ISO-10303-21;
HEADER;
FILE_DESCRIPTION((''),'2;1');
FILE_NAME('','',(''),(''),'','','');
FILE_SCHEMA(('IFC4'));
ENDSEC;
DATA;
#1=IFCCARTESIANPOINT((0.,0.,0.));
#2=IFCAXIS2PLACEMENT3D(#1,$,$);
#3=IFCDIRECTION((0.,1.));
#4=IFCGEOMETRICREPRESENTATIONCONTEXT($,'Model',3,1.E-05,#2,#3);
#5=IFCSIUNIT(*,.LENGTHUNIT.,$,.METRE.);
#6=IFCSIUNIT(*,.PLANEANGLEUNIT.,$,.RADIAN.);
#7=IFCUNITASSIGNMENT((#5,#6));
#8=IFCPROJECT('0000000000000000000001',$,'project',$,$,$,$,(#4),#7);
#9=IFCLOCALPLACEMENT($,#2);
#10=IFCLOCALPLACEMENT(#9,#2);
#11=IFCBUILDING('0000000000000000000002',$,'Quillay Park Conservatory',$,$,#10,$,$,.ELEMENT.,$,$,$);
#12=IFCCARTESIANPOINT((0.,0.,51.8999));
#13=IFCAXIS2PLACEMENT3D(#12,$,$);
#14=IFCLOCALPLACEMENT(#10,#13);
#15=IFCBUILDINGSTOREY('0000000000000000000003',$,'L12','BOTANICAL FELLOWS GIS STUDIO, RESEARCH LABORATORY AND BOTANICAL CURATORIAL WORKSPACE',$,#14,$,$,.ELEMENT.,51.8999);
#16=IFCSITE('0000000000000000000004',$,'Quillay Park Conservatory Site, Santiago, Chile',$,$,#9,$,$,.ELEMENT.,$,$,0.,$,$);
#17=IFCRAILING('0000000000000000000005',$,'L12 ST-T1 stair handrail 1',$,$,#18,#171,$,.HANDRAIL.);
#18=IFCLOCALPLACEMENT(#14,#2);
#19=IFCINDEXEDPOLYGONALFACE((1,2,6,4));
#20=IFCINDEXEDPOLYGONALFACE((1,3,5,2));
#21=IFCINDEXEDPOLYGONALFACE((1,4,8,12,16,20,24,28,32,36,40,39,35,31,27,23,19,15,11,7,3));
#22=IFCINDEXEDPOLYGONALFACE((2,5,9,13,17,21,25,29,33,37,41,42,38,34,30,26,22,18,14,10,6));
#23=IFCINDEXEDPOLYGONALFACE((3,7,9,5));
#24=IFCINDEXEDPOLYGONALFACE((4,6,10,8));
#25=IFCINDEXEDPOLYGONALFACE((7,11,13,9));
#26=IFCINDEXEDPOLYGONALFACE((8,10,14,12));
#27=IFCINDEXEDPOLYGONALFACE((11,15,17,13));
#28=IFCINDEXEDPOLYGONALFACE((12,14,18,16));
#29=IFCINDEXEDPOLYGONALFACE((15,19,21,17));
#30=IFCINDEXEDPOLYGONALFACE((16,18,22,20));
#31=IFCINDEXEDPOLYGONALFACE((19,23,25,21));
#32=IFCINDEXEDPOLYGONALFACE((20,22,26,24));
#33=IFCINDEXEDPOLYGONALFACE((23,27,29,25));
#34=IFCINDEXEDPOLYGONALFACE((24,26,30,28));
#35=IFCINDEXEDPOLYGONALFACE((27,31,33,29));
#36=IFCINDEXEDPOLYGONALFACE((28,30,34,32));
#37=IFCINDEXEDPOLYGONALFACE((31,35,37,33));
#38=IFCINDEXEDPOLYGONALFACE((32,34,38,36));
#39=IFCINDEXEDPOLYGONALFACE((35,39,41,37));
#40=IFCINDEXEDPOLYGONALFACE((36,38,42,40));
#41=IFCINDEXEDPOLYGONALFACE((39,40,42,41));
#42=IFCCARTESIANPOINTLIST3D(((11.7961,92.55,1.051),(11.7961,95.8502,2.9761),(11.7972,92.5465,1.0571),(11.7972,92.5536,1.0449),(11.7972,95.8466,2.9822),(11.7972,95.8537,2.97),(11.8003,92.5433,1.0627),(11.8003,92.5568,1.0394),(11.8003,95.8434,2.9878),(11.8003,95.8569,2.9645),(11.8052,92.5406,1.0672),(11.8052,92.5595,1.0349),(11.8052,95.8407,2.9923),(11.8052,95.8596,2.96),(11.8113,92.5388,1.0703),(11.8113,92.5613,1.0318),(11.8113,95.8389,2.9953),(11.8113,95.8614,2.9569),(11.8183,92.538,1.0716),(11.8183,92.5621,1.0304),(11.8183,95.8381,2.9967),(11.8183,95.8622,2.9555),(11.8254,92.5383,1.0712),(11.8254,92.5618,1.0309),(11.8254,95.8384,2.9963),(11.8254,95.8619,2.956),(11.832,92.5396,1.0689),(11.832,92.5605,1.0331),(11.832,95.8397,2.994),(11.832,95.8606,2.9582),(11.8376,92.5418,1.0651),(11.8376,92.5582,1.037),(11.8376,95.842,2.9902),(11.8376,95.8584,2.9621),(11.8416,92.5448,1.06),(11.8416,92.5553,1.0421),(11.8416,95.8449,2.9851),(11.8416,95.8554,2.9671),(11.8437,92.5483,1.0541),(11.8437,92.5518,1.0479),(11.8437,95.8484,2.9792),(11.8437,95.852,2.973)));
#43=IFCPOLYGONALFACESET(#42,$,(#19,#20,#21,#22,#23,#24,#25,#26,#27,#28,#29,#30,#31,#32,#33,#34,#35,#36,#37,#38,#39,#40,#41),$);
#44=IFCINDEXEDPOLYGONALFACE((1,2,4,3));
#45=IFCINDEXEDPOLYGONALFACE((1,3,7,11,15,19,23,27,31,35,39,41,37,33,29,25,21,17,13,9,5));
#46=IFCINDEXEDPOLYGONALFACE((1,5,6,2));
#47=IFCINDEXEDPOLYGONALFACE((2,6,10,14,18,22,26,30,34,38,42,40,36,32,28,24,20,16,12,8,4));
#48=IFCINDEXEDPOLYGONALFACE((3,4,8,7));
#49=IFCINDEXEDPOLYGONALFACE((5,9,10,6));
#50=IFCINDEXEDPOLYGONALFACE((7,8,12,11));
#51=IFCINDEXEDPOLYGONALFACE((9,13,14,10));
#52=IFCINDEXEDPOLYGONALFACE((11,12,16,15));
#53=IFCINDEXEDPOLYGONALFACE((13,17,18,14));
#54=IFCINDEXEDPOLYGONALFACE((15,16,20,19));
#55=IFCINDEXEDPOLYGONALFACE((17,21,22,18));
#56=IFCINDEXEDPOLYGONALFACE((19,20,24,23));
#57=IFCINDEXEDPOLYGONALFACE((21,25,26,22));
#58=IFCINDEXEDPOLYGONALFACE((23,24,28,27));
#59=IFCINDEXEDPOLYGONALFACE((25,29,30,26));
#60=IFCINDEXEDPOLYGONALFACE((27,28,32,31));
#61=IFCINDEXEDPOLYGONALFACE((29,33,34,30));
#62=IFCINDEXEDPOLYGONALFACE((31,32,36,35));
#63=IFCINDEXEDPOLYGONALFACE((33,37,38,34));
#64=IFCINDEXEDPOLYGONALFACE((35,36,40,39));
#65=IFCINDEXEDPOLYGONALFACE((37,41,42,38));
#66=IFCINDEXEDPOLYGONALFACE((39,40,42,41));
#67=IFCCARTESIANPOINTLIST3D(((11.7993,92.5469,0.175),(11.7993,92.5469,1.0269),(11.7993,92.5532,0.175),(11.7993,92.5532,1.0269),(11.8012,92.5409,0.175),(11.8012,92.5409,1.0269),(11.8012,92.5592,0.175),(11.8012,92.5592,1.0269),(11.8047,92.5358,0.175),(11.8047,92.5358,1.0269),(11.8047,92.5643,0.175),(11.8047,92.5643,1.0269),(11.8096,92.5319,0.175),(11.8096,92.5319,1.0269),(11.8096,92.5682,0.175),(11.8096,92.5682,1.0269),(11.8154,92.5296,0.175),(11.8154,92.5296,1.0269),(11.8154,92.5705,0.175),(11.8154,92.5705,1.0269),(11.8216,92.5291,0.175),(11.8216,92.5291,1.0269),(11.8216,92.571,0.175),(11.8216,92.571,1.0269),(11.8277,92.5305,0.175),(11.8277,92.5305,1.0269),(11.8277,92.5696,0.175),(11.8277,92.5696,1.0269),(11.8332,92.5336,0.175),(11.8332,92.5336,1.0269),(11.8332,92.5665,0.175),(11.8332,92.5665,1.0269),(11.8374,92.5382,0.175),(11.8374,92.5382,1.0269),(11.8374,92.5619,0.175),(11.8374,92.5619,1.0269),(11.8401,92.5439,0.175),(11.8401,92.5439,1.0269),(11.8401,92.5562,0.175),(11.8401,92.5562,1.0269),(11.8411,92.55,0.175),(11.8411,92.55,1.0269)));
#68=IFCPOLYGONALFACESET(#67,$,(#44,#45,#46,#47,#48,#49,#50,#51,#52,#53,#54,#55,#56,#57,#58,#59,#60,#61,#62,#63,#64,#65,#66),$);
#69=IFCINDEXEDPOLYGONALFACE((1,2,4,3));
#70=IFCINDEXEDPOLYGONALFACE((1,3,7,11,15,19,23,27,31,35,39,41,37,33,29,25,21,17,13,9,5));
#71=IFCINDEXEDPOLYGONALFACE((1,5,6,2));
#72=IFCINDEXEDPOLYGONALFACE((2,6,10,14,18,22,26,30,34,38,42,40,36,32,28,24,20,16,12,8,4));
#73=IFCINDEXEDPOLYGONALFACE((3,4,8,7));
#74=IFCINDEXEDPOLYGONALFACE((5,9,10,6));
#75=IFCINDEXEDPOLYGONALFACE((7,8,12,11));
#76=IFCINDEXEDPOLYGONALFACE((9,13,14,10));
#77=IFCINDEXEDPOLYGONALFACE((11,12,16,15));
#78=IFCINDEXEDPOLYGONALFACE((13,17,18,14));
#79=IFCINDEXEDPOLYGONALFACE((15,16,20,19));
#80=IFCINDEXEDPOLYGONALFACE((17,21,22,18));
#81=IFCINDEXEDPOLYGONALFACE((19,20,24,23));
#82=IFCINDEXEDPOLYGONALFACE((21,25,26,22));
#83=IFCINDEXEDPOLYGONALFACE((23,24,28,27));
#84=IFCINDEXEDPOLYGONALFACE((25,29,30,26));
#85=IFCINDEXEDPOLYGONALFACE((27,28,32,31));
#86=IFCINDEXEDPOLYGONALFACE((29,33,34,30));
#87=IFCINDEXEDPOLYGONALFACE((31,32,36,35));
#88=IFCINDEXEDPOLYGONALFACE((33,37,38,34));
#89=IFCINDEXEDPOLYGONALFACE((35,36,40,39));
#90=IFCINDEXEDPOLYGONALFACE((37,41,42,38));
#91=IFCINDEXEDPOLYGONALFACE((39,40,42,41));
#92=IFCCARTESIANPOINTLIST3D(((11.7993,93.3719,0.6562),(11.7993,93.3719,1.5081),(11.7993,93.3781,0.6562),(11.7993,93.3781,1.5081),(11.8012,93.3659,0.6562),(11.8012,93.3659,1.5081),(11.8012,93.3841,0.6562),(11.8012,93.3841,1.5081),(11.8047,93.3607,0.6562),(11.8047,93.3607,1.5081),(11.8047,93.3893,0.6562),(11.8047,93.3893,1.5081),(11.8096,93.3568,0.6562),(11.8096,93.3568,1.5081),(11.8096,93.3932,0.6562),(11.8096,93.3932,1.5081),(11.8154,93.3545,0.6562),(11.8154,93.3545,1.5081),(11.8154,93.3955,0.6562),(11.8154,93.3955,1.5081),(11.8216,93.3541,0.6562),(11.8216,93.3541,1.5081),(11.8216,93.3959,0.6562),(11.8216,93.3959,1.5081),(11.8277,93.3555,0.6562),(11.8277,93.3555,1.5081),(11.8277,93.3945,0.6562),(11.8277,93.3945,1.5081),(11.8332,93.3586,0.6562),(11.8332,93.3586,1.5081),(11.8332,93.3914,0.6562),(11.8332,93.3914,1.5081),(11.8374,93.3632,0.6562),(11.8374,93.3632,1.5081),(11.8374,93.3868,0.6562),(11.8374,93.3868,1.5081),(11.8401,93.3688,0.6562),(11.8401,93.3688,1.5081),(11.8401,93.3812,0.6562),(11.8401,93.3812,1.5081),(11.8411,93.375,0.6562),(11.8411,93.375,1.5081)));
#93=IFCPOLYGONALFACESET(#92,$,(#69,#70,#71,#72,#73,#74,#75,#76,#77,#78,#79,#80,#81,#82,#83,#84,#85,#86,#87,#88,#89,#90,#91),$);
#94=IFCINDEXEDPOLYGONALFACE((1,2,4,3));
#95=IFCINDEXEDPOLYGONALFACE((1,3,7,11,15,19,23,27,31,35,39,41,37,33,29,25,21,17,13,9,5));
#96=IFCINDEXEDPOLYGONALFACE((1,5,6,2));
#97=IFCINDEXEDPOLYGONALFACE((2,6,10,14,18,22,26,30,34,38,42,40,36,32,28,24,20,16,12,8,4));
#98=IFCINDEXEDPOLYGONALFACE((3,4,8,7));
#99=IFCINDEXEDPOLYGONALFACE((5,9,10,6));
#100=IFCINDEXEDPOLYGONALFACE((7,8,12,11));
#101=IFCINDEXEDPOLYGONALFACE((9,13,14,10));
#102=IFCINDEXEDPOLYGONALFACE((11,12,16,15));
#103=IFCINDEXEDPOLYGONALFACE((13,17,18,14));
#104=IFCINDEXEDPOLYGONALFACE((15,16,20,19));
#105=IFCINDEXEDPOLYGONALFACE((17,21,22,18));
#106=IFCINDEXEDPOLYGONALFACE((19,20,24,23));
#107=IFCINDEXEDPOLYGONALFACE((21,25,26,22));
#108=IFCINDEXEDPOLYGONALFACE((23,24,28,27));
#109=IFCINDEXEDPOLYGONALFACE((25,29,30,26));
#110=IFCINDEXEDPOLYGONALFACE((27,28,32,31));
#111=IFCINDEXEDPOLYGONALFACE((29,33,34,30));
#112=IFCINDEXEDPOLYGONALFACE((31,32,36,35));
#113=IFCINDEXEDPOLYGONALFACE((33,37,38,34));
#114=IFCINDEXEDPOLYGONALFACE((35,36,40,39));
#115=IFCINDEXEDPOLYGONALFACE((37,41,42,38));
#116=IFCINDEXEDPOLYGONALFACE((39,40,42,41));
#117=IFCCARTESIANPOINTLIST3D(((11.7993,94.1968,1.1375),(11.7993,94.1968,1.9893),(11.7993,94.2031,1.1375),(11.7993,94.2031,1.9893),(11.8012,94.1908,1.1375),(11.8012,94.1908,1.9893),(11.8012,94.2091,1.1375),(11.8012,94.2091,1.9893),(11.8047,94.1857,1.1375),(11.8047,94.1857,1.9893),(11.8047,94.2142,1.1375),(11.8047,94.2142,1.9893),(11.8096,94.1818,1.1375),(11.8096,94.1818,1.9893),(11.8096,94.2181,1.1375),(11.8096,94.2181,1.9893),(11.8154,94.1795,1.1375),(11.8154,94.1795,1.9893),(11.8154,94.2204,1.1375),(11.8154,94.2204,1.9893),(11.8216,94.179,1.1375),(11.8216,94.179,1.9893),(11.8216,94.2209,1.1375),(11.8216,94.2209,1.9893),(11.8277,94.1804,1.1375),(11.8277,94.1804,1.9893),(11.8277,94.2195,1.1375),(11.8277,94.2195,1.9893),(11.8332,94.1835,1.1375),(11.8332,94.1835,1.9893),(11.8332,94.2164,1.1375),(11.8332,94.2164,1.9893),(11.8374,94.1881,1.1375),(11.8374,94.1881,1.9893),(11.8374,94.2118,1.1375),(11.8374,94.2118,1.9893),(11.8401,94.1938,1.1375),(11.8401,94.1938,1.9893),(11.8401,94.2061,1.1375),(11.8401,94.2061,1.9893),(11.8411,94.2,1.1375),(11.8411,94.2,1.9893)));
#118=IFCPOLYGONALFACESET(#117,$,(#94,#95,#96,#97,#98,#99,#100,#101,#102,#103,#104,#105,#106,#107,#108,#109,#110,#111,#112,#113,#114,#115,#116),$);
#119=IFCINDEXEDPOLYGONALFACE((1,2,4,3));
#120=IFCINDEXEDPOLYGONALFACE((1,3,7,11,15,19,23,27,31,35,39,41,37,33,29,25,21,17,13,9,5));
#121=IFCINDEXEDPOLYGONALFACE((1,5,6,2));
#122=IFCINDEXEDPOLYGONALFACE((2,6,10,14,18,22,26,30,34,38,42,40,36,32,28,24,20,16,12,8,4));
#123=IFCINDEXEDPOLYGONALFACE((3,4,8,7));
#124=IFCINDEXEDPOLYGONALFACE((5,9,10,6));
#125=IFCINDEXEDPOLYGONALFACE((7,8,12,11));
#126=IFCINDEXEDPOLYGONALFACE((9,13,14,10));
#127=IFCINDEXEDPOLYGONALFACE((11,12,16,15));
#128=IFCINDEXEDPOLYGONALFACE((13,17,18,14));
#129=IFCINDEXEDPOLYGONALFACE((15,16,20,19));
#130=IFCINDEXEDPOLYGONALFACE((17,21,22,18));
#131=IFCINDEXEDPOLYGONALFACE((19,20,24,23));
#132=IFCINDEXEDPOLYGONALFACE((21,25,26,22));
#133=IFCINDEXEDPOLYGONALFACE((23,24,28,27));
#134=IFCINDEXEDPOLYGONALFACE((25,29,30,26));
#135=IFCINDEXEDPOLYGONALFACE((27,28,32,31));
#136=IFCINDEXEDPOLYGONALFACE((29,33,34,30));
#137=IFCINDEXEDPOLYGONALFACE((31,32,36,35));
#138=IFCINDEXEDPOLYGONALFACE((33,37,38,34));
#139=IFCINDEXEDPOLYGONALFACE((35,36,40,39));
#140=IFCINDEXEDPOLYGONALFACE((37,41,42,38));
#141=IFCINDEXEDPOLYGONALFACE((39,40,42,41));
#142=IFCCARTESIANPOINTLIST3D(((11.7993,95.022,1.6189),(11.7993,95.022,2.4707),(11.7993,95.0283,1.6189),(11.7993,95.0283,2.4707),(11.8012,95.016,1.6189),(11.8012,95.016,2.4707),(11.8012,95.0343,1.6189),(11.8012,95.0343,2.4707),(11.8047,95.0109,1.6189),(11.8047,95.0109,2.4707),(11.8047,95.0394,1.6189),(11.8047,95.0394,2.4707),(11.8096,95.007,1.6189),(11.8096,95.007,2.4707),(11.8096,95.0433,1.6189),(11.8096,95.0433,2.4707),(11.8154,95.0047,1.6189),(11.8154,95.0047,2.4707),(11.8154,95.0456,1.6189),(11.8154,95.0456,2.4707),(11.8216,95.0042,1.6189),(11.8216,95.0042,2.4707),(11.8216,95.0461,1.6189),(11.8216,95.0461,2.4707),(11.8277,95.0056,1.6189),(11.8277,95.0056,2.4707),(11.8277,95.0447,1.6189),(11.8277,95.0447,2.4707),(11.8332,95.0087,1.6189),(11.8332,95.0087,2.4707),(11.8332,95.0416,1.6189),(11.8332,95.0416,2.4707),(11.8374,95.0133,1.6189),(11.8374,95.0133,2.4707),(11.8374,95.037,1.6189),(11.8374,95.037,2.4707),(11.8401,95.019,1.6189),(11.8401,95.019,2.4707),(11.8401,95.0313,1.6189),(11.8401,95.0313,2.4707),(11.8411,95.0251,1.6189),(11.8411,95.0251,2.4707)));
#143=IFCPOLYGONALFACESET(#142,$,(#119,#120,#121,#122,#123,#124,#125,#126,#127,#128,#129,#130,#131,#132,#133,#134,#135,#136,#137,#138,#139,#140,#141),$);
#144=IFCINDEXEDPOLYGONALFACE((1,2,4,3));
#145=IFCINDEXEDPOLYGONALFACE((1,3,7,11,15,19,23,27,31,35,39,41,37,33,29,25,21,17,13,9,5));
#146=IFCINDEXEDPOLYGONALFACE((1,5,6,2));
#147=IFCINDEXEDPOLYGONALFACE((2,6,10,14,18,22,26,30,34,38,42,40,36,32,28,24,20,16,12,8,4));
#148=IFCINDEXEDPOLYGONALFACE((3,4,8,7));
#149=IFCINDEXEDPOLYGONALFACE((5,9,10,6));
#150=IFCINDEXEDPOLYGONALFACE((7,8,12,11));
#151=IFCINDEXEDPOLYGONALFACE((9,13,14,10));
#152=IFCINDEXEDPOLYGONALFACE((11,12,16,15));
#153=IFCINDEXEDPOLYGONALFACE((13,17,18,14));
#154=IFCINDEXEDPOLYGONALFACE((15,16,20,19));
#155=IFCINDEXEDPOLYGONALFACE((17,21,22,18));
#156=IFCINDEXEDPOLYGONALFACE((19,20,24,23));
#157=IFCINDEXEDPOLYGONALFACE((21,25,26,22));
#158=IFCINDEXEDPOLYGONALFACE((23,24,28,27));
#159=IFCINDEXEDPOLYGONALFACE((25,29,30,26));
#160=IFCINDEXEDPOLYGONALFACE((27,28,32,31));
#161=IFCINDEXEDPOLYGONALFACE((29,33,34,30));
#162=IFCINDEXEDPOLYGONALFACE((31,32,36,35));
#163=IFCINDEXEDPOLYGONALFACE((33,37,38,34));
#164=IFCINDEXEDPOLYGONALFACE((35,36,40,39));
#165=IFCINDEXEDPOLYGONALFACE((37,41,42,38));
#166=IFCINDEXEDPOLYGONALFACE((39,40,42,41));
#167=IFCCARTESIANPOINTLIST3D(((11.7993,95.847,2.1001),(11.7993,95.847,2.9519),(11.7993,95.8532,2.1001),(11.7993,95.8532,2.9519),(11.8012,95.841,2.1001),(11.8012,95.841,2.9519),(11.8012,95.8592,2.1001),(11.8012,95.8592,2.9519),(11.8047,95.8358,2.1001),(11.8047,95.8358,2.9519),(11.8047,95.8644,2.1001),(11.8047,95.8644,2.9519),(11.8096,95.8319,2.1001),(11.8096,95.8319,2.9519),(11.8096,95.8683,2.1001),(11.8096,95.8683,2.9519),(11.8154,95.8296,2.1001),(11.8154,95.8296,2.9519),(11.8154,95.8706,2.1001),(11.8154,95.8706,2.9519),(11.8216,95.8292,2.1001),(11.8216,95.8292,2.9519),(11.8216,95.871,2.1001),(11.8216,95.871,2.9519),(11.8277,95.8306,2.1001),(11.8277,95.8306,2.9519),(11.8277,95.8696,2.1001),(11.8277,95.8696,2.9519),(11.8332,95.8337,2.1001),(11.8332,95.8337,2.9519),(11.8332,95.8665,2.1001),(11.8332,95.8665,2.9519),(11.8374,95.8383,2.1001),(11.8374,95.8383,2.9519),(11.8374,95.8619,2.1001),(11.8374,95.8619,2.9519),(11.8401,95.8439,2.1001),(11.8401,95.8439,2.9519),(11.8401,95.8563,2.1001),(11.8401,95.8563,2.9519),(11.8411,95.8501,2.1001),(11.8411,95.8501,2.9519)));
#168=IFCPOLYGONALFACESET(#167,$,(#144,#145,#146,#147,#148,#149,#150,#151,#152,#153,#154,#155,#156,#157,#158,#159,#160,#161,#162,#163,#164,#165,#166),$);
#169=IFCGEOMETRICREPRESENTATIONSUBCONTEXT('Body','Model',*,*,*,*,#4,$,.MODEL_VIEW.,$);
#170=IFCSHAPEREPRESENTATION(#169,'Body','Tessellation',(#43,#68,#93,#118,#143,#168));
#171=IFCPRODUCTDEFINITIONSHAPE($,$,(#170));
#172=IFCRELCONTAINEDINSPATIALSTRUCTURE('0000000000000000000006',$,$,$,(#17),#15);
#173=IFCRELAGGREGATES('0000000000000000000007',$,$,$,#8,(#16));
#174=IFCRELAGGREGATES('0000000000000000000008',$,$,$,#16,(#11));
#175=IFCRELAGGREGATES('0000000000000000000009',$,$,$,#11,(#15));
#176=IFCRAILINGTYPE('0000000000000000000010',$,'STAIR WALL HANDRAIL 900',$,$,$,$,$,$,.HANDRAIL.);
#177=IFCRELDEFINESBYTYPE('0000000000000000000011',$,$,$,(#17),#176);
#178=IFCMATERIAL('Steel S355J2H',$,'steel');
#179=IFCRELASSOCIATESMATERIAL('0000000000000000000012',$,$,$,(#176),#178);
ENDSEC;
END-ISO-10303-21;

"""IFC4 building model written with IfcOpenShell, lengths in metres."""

from ifc_helpers import new_model, si_unit, direction, frame, origin, origin_2d, place, context, subcontext, project, spatial, circle, extrude, material, type_object, element, save


model = new_model("IFC4")

# Units and contexts
model_context = context("Model", 3, precision=1e-05, world=origin(), true_north=direction((0.0, 1.0)))
body_context = subcontext(model_context, "Body", "Model", "MODEL_VIEW")
ifc_project = project(units=[si_unit("LENGTHUNIT", "METRE"), si_unit("PLANEANGLEUNIT", "RADIAN")], contexts=[model_context])

# Site, building, storey
site_placement = place(None, origin())
site = spatial("IfcSite", under=ifc_project, at=site_placement, Name="Quillay Park Conservatory Site, Santiago, Chile", CompositionType="ELEMENT", RefElevation=0.0)
building_placement = place(site_placement, origin())
building = spatial("IfcBuilding", under=site, at=building_placement, Name="Quillay Park Conservatory", CompositionType="ELEMENT")
storey_placement = place(building_placement, frame((0.0, 0.0, 51.8999)))
storey = spatial("IfcBuildingStorey", under=building, at=storey_placement, Name="L12", Description="BOTANICAL FELLOWS GIS STUDIO, RESEARCH LABORATORY AND BOTANICAL CURATORIAL WORKSPACE", CompositionType="ELEMENT", Elevation=51.8999)

# Railing
ifc_material_1 = material(Name="Steel S355J2H", Category="steel")
railing_type_1 = type_object("IfcRailingType", Name="STAIR WALL HANDRAIL 900", PredefinedType="HANDRAIL", material=ifc_material_1)
railing_1_placement = place(storey_placement, frame((11.8201, 92.55, 0.175)))
element("IfcRailing", 1, at=railing_1_placement, inside=storey, type_object=railing_type_1, Name="L12 ST-T1 stair handrail 1", PredefinedType="HANDRAIL", context=body_context, shape_type="SweptSolid", body=[
    extrude(circle(Radius=0.0239, at=origin_2d()), frame((0.0, 0.0, 0.876), z_axis=(0.0, 0.863777, 0.503875), x_axis=(-1.0, 0.0, 0.0)), (0.0, 0.0, 1.0), 3.8206),
    extrude(circle(Radius=0.021, at=origin_2d()), origin(), (0.0, 0.0, 1.0), 0.8518),
    extrude(circle(Radius=0.021, at=origin_2d()), frame((0.0, 0.825, 0.4812)), (0.0, 0.0, 1.0), 0.8518),
    extrude(circle(Radius=0.021, at=origin_2d()), frame((0.0, 1.6499, 0.9624)), (0.0, 0.0, 1.0), 0.8518),
    extrude(circle(Radius=0.021, at=origin_2d()), frame((0.0, 2.4751, 1.4438)), (0.0, 0.0, 1.0), 0.8518),
    extrude(circle(Radius=0.021, at=origin_2d()), frame((0.0, 3.3, 1.925)), (0.0, 0.0, 1.0), 0.8518),
])

save(model, "model.ifc")
